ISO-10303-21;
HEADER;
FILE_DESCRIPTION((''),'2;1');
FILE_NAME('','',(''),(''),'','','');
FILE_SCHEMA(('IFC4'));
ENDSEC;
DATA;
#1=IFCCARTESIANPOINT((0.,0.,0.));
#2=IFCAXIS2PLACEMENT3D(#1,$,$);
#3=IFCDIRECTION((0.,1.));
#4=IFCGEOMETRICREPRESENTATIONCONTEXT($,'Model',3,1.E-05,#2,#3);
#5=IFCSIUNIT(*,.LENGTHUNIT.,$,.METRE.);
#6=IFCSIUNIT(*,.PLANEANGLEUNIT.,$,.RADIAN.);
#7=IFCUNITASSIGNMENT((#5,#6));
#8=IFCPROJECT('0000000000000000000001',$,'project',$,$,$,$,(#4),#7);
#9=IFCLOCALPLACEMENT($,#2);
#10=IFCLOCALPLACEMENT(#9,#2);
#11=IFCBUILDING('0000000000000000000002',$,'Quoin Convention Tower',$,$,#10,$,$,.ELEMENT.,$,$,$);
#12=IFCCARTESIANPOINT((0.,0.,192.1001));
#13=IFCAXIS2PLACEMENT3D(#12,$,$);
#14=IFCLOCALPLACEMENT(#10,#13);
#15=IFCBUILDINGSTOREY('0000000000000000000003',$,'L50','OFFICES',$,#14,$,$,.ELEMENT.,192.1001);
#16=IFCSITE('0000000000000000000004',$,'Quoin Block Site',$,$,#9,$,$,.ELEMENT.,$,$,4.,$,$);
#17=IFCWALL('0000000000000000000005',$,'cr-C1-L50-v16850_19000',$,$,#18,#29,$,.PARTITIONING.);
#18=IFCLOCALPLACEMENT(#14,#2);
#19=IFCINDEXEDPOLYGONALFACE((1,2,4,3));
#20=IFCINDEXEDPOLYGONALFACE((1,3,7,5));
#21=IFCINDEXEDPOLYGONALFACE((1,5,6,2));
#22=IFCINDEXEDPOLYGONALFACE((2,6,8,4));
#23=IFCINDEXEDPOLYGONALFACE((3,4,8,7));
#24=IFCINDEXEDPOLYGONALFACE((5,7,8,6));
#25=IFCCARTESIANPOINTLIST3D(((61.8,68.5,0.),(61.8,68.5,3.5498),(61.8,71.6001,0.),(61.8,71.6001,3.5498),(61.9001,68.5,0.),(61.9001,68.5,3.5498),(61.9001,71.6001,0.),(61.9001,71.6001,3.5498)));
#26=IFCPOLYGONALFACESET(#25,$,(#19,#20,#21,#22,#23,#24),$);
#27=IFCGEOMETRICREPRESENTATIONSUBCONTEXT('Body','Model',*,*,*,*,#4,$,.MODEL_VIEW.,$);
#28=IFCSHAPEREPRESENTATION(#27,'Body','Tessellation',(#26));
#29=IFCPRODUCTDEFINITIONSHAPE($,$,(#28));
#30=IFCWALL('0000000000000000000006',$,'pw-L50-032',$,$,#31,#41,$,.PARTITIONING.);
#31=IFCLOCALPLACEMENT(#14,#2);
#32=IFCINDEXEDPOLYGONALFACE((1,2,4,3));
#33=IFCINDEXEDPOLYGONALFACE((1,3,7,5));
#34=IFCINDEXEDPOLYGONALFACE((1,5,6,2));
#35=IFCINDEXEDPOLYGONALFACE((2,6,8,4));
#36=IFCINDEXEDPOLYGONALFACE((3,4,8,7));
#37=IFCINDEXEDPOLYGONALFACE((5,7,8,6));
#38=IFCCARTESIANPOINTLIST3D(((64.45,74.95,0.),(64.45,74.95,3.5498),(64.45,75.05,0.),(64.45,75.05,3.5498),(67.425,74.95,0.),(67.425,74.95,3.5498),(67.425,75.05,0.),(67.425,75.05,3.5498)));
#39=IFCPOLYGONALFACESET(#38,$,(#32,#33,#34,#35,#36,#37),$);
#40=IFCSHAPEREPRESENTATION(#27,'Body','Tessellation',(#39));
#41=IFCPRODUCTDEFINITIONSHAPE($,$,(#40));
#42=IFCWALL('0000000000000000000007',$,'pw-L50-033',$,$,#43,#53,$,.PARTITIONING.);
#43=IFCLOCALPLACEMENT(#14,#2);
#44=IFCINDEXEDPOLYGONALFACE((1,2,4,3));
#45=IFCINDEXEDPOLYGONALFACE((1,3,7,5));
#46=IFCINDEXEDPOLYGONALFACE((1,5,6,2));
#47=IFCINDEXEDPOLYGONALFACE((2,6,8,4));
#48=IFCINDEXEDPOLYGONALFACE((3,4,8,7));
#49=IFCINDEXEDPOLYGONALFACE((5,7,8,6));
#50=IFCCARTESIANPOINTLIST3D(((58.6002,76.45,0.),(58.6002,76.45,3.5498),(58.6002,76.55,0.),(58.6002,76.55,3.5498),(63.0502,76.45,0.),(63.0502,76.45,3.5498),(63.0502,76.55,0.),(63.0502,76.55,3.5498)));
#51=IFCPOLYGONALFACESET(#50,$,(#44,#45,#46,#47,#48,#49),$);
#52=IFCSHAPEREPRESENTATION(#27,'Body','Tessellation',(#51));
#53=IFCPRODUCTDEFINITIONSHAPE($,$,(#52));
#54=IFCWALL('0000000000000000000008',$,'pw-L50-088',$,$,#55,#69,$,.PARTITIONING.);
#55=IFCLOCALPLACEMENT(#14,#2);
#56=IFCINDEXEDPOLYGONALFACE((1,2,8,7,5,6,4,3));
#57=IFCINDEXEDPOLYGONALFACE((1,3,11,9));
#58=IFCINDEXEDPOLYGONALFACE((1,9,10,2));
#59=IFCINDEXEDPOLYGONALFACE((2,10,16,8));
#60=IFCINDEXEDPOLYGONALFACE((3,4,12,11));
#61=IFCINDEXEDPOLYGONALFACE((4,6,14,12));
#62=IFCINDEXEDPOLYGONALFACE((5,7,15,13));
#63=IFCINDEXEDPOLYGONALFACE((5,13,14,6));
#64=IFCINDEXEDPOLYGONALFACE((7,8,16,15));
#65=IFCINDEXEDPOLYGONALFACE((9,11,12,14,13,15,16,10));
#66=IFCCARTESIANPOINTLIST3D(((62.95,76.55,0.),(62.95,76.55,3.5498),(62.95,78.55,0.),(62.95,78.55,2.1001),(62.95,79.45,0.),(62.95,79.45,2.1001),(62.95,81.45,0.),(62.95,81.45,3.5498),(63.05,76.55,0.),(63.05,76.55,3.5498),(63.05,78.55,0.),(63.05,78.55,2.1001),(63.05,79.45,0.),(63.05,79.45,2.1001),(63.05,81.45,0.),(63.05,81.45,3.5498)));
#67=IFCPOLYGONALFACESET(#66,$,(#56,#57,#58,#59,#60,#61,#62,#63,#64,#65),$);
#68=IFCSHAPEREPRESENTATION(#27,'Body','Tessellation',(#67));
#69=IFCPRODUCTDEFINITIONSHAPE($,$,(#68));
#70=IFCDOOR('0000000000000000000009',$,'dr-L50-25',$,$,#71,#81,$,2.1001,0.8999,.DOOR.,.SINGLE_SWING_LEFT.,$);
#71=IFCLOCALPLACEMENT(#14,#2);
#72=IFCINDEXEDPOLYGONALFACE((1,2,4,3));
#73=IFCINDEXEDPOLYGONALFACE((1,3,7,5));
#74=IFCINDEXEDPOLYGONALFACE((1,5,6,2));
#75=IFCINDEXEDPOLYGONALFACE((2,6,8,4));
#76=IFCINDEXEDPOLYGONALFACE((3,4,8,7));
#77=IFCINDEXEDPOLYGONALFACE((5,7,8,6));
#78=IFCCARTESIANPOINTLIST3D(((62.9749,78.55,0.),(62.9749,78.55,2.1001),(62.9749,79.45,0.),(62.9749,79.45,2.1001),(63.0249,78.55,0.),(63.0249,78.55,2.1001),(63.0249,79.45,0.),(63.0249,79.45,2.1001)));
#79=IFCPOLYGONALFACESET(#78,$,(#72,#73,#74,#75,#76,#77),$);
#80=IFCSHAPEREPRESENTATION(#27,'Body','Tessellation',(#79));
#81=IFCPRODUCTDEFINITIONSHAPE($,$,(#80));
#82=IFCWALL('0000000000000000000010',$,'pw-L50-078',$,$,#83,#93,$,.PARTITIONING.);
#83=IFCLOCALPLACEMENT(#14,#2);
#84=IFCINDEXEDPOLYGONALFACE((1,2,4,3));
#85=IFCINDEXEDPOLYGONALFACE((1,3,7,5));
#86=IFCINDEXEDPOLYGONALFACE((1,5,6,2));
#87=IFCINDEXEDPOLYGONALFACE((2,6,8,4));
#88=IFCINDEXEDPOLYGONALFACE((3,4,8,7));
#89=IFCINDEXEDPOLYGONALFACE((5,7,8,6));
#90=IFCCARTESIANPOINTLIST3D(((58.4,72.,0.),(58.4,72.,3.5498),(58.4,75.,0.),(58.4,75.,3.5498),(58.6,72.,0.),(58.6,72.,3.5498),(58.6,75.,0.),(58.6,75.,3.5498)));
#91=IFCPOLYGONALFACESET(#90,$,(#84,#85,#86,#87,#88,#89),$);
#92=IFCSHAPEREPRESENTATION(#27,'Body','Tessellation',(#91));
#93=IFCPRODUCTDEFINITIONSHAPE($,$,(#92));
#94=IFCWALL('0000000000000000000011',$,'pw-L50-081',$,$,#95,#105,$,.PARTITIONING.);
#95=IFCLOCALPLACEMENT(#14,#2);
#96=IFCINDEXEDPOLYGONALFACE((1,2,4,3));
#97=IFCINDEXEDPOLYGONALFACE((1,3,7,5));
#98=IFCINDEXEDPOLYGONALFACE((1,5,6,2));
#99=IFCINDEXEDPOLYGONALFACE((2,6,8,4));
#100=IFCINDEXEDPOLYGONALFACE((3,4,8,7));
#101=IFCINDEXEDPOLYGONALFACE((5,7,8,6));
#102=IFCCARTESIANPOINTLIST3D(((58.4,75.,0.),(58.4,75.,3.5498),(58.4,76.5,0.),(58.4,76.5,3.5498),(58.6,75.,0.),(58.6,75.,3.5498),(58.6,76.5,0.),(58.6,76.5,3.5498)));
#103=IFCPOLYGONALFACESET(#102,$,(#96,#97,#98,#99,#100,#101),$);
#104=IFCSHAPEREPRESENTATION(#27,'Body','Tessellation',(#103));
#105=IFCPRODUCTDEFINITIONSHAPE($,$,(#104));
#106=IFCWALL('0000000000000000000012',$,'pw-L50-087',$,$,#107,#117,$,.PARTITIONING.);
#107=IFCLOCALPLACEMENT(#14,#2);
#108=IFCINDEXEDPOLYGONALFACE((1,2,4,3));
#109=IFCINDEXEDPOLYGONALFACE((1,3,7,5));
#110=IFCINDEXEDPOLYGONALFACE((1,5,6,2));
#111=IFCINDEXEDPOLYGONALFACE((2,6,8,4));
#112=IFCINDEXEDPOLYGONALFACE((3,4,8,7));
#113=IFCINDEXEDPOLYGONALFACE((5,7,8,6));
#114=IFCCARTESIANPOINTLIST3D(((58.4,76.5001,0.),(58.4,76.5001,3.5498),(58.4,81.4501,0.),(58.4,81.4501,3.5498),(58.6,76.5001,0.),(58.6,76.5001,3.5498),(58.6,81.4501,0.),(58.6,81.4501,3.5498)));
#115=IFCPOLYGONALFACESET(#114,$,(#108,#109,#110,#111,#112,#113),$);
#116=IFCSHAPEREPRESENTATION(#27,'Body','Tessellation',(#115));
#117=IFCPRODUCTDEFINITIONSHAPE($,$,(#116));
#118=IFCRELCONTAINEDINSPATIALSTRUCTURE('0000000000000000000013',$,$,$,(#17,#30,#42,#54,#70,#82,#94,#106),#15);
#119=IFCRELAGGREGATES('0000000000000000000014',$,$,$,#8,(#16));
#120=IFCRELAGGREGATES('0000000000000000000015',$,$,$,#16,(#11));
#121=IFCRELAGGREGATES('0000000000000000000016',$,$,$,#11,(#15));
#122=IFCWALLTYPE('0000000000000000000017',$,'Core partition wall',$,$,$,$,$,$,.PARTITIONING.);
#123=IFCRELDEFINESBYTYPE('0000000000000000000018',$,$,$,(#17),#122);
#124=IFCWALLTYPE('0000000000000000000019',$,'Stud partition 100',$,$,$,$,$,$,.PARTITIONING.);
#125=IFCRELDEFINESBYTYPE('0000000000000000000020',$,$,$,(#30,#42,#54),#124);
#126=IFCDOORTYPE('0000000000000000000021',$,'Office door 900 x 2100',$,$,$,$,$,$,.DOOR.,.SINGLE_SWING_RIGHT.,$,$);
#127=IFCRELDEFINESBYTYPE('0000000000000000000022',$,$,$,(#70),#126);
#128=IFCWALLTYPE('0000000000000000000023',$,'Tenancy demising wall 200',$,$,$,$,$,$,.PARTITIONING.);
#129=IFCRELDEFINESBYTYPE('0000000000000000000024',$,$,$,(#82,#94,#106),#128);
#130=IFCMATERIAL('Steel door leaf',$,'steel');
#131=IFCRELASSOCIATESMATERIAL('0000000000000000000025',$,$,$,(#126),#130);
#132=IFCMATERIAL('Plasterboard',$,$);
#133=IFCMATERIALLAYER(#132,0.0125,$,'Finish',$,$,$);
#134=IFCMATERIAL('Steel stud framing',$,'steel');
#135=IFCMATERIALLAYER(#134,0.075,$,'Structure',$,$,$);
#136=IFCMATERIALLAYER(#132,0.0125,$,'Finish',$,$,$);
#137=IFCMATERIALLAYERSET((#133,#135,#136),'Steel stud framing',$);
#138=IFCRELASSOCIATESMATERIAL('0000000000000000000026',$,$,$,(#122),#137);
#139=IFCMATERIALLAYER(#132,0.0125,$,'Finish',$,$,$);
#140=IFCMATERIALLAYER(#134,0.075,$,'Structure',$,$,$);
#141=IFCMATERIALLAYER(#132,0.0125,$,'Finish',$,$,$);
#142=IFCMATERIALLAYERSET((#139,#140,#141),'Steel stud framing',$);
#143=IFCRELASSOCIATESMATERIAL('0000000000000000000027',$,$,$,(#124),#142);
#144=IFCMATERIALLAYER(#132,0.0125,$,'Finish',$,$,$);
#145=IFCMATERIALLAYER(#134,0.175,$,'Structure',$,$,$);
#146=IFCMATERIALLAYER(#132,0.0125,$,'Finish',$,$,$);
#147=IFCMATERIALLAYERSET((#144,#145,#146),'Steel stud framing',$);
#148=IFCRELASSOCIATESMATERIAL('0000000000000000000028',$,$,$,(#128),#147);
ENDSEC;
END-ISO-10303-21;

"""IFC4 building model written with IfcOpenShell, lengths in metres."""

from ifc_helpers import new_model, si_unit, direction, frame, frame_2d, origin, place, context, subcontext, project, spatial, rectangle, extrude, material, layer, layer_set, type_object, element, fill, save


model = new_model("IFC4")

# Units and contexts
model_context = context("Model", 3, precision=1e-05, world=origin(), true_north=direction((0.0, 1.0)))
body_context = subcontext(model_context, "Body", "Model", "MODEL_VIEW")
ifc_project = project(units=[si_unit("LENGTHUNIT", "METRE"), si_unit("PLANEANGLEUNIT", "RADIAN")], contexts=[model_context])

# Site, building, storey
site_placement = place(None, origin())
site = spatial("IfcSite", under=ifc_project, at=site_placement, Name="Quoin Block Site", CompositionType="ELEMENT", RefElevation=4.0)
building_placement = place(site_placement, origin())
building = spatial("IfcBuilding", under=site, at=building_placement, Name="Quoin Convention Tower", CompositionType="ELEMENT")
storey_placement = place(building_placement, frame((0.0, 0.0, 192.1001)))
storey = spatial("IfcBuildingStorey", under=building, at=storey_placement, Name="L50", Description="OFFICES", CompositionType="ELEMENT", Elevation=192.1001)

# Shared definitions
ifc_material_1 = material(Name="Plasterboard")
ifc_material_2 = material(Name="Steel stud framing", Category="steel")
ifc_material_3 = material(Name="Steel door leaf", Category="steel")
door_type = type_object("IfcDoorType", Name="Office door 900 x 2100", OperationType="SINGLE_SWING_RIGHT", PredefinedType="DOOR", material=ifc_material_3)

# Walls
ifc_layer_1 = layer(ifc_material_1, 0.0125, Name="Finish")
ifc_layer_2 = layer(ifc_material_2, 0.075, Name="Structure")
ifc_layer_3 = layer(ifc_material_1, 0.0125, Name="Finish")
ifc_layer_set_1 = layer_set([ifc_layer_1, ifc_layer_2, ifc_layer_3], Name="Steel stud framing")
wall_type_1 = type_object("IfcWallType", Name="Core partition wall", PredefinedType="PARTITIONING", material=ifc_layer_set_1)
wall_1_placement = place(storey_placement, frame((61.8501, 68.5, 0.0), z_axis=(0.0, 0.0, 1.0), x_axis=(0.0, 1.0, 0.0)))
element("IfcWall", 1, at=wall_1_placement, inside=storey, type_object=wall_type_1, Name="cr-C1-L50-v16850_19000", PredefinedType="PARTITIONING", context=body_context, shape_type="SweptSolid", body=[
    extrude(rectangle(XDim=3.1001, YDim=0.1001, at=frame_2d((1.55, 0.0))), origin(), (0.0, 0.0, 1.0), 3.5498),
])
ifc_layer_4 = layer(ifc_material_1, 0.0125, Name="Finish")
ifc_layer_5 = layer(ifc_material_2, 0.075, Name="Structure")
ifc_layer_6 = layer(ifc_material_1, 0.0125, Name="Finish")
ifc_layer_set_2 = layer_set([ifc_layer_4, ifc_layer_5, ifc_layer_6], Name="Steel stud framing")
wall_type_2 = type_object("IfcWallType", Name="Stud partition 100", PredefinedType="PARTITIONING", material=ifc_layer_set_2)
wall_2_placement = place(storey_placement, frame((64.45, 75.0, 0.0), z_axis=(0.0, 0.0, 1.0), x_axis=(1.0, 0.0, 0.0)))
element("IfcWall", 2, at=wall_2_placement, inside=storey, type_object=wall_type_2, Name="pw-L50-032", PredefinedType="PARTITIONING", context=body_context, shape_type="SweptSolid", body=[
    extrude(rectangle(XDim=2.9751, YDim=0.1001, at=frame_2d((1.4875, 0.0))), origin(), (0.0, 0.0, 1.0), 3.5498),
])
wall_3_placement = place(storey_placement, frame((58.6001, 76.5, 0.0), z_axis=(0.0, 0.0, 1.0), x_axis=(1.0, 0.0, 0.0)))
element("IfcWall", 3, at=wall_3_placement, inside=storey, type_object=wall_type_2, Name="pw-L50-033", PredefinedType="PARTITIONING", context=body_context, shape_type="SweptSolid", body=[
    extrude(rectangle(XDim=4.45, YDim=0.1001, at=frame_2d((2.2251, 0.0))), origin(), (0.0, 0.0, 1.0), 3.5498),
])

# Wall, opening, door
wall_4_placement = place(storey_placement, frame((63.0, 76.55, 0.0), z_axis=(0.0, 0.0, 1.0), x_axis=(0.0, 1.0, 0.0)))
wall_4 = element("IfcWall", 4, at=wall_4_placement, inside=storey, type_object=wall_type_2, Name="pw-L50-088", PredefinedType="PARTITIONING", context=body_context, shape_type="SweptSolid", body=[
    extrude(rectangle(XDim=4.8999, YDim=0.1001, at=frame_2d((2.45, 0.0))), origin(), (0.0, 0.0, 1.0), 3.5498),
])
opening_1_placement = place(wall_4_placement, frame((2.0, 0.0, 0.0)))
opening_1 = element("IfcOpeningElement", 5, at=opening_1_placement, cuts=wall_4, PredefinedType="OPENING", context=body_context, shape_type="SweptSolid", body=[
    extrude(rectangle(XDim=0.8999, YDim=2.1001, at=frame_2d((0.45, 1.05))), frame((0.0, 0.0601, 0.0), z_axis=(0.0, -1.0, 0.0), x_axis=(1.0, 0.0, 0.0)), (0.0, 0.0, 1.0), 0.1201),
])
door_1_placement = place(opening_1_placement, frame((0.8999, 0.0, 0.0), z_axis=(0.0, 0.0, 1.0), x_axis=(-1.0, 0.0, 0.0)))
door_1 = element("IfcDoor", 6, at=door_1_placement, inside=storey, type_object=door_type, Name="dr-L50-25", OperationType="SINGLE_SWING_LEFT", OverallHeight=2.1001, OverallWidth=0.8999, PredefinedType="DOOR", context=body_context, shape_type="SweptSolid", body=[
    extrude(rectangle(XDim=0.8999, YDim=2.1001, at=frame_2d((0.45, 1.05))), frame((0.0, 0.0249, 0.0), z_axis=(0.0, -1.0, 0.0), x_axis=(1.0, 0.0, 0.0)), (0.0, 0.0, 1.0), 0.05),
])
fill(opening_1, door_1)

# Walls
ifc_layer_7 = layer(ifc_material_1, 0.0125, Name="Finish")
ifc_layer_8 = layer(ifc_material_2, 0.175, Name="Structure")
ifc_layer_9 = layer(ifc_material_1, 0.0125, Name="Finish")
ifc_layer_set_3 = layer_set([ifc_layer_7, ifc_layer_8, ifc_layer_9], Name="Steel stud framing")
wall_type_3 = type_object("IfcWallType", Name="Tenancy demising wall 200", PredefinedType="PARTITIONING", material=ifc_layer_set_3)
wall_5_placement = place(storey_placement, frame((58.5, 72.0, 0.0), z_axis=(0.0, 0.0, 1.0), x_axis=(0.0, 1.0, 0.0)))
element("IfcWall", 7, at=wall_5_placement, inside=storey, type_object=wall_type_3, Name="pw-L50-078", PredefinedType="PARTITIONING", context=body_context, shape_type="SweptSolid", body=[
    extrude(rectangle(XDim=3.0, YDim=0.2, at=frame_2d((1.5, 0.0))), origin(), (0.0, 0.0, 1.0), 3.5498),
])
wall_6_placement = place(storey_placement, frame((58.5, 75.0, 0.0), z_axis=(0.0, 0.0, 1.0), x_axis=(0.0, 1.0, 0.0)))
element("IfcWall", 8, at=wall_6_placement, inside=storey, type_object=wall_type_3, Name="pw-L50-081", PredefinedType="PARTITIONING", context=body_context, shape_type="SweptSolid", body=[
    extrude(rectangle(XDim=1.5, YDim=0.2, at=frame_2d((0.75, 0.0))), origin(), (0.0, 0.0, 1.0), 3.5498),
])
wall_7_placement = place(storey_placement, frame((58.5, 76.5, 0.0), z_axis=(0.0, 0.0, 1.0), x_axis=(0.0, 1.0, 0.0)))
element("IfcWall", 9, at=wall_7_placement, inside=storey, type_object=wall_type_3, Name="pw-L50-087", PredefinedType="PARTITIONING", context=body_context, shape_type="SweptSolid", body=[
    extrude(rectangle(XDim=4.95, YDim=0.2, at=frame_2d((2.4751, 0.0))), origin(), (0.0, 0.0, 1.0), 3.5498),
])

save(model, "model.ifc")
